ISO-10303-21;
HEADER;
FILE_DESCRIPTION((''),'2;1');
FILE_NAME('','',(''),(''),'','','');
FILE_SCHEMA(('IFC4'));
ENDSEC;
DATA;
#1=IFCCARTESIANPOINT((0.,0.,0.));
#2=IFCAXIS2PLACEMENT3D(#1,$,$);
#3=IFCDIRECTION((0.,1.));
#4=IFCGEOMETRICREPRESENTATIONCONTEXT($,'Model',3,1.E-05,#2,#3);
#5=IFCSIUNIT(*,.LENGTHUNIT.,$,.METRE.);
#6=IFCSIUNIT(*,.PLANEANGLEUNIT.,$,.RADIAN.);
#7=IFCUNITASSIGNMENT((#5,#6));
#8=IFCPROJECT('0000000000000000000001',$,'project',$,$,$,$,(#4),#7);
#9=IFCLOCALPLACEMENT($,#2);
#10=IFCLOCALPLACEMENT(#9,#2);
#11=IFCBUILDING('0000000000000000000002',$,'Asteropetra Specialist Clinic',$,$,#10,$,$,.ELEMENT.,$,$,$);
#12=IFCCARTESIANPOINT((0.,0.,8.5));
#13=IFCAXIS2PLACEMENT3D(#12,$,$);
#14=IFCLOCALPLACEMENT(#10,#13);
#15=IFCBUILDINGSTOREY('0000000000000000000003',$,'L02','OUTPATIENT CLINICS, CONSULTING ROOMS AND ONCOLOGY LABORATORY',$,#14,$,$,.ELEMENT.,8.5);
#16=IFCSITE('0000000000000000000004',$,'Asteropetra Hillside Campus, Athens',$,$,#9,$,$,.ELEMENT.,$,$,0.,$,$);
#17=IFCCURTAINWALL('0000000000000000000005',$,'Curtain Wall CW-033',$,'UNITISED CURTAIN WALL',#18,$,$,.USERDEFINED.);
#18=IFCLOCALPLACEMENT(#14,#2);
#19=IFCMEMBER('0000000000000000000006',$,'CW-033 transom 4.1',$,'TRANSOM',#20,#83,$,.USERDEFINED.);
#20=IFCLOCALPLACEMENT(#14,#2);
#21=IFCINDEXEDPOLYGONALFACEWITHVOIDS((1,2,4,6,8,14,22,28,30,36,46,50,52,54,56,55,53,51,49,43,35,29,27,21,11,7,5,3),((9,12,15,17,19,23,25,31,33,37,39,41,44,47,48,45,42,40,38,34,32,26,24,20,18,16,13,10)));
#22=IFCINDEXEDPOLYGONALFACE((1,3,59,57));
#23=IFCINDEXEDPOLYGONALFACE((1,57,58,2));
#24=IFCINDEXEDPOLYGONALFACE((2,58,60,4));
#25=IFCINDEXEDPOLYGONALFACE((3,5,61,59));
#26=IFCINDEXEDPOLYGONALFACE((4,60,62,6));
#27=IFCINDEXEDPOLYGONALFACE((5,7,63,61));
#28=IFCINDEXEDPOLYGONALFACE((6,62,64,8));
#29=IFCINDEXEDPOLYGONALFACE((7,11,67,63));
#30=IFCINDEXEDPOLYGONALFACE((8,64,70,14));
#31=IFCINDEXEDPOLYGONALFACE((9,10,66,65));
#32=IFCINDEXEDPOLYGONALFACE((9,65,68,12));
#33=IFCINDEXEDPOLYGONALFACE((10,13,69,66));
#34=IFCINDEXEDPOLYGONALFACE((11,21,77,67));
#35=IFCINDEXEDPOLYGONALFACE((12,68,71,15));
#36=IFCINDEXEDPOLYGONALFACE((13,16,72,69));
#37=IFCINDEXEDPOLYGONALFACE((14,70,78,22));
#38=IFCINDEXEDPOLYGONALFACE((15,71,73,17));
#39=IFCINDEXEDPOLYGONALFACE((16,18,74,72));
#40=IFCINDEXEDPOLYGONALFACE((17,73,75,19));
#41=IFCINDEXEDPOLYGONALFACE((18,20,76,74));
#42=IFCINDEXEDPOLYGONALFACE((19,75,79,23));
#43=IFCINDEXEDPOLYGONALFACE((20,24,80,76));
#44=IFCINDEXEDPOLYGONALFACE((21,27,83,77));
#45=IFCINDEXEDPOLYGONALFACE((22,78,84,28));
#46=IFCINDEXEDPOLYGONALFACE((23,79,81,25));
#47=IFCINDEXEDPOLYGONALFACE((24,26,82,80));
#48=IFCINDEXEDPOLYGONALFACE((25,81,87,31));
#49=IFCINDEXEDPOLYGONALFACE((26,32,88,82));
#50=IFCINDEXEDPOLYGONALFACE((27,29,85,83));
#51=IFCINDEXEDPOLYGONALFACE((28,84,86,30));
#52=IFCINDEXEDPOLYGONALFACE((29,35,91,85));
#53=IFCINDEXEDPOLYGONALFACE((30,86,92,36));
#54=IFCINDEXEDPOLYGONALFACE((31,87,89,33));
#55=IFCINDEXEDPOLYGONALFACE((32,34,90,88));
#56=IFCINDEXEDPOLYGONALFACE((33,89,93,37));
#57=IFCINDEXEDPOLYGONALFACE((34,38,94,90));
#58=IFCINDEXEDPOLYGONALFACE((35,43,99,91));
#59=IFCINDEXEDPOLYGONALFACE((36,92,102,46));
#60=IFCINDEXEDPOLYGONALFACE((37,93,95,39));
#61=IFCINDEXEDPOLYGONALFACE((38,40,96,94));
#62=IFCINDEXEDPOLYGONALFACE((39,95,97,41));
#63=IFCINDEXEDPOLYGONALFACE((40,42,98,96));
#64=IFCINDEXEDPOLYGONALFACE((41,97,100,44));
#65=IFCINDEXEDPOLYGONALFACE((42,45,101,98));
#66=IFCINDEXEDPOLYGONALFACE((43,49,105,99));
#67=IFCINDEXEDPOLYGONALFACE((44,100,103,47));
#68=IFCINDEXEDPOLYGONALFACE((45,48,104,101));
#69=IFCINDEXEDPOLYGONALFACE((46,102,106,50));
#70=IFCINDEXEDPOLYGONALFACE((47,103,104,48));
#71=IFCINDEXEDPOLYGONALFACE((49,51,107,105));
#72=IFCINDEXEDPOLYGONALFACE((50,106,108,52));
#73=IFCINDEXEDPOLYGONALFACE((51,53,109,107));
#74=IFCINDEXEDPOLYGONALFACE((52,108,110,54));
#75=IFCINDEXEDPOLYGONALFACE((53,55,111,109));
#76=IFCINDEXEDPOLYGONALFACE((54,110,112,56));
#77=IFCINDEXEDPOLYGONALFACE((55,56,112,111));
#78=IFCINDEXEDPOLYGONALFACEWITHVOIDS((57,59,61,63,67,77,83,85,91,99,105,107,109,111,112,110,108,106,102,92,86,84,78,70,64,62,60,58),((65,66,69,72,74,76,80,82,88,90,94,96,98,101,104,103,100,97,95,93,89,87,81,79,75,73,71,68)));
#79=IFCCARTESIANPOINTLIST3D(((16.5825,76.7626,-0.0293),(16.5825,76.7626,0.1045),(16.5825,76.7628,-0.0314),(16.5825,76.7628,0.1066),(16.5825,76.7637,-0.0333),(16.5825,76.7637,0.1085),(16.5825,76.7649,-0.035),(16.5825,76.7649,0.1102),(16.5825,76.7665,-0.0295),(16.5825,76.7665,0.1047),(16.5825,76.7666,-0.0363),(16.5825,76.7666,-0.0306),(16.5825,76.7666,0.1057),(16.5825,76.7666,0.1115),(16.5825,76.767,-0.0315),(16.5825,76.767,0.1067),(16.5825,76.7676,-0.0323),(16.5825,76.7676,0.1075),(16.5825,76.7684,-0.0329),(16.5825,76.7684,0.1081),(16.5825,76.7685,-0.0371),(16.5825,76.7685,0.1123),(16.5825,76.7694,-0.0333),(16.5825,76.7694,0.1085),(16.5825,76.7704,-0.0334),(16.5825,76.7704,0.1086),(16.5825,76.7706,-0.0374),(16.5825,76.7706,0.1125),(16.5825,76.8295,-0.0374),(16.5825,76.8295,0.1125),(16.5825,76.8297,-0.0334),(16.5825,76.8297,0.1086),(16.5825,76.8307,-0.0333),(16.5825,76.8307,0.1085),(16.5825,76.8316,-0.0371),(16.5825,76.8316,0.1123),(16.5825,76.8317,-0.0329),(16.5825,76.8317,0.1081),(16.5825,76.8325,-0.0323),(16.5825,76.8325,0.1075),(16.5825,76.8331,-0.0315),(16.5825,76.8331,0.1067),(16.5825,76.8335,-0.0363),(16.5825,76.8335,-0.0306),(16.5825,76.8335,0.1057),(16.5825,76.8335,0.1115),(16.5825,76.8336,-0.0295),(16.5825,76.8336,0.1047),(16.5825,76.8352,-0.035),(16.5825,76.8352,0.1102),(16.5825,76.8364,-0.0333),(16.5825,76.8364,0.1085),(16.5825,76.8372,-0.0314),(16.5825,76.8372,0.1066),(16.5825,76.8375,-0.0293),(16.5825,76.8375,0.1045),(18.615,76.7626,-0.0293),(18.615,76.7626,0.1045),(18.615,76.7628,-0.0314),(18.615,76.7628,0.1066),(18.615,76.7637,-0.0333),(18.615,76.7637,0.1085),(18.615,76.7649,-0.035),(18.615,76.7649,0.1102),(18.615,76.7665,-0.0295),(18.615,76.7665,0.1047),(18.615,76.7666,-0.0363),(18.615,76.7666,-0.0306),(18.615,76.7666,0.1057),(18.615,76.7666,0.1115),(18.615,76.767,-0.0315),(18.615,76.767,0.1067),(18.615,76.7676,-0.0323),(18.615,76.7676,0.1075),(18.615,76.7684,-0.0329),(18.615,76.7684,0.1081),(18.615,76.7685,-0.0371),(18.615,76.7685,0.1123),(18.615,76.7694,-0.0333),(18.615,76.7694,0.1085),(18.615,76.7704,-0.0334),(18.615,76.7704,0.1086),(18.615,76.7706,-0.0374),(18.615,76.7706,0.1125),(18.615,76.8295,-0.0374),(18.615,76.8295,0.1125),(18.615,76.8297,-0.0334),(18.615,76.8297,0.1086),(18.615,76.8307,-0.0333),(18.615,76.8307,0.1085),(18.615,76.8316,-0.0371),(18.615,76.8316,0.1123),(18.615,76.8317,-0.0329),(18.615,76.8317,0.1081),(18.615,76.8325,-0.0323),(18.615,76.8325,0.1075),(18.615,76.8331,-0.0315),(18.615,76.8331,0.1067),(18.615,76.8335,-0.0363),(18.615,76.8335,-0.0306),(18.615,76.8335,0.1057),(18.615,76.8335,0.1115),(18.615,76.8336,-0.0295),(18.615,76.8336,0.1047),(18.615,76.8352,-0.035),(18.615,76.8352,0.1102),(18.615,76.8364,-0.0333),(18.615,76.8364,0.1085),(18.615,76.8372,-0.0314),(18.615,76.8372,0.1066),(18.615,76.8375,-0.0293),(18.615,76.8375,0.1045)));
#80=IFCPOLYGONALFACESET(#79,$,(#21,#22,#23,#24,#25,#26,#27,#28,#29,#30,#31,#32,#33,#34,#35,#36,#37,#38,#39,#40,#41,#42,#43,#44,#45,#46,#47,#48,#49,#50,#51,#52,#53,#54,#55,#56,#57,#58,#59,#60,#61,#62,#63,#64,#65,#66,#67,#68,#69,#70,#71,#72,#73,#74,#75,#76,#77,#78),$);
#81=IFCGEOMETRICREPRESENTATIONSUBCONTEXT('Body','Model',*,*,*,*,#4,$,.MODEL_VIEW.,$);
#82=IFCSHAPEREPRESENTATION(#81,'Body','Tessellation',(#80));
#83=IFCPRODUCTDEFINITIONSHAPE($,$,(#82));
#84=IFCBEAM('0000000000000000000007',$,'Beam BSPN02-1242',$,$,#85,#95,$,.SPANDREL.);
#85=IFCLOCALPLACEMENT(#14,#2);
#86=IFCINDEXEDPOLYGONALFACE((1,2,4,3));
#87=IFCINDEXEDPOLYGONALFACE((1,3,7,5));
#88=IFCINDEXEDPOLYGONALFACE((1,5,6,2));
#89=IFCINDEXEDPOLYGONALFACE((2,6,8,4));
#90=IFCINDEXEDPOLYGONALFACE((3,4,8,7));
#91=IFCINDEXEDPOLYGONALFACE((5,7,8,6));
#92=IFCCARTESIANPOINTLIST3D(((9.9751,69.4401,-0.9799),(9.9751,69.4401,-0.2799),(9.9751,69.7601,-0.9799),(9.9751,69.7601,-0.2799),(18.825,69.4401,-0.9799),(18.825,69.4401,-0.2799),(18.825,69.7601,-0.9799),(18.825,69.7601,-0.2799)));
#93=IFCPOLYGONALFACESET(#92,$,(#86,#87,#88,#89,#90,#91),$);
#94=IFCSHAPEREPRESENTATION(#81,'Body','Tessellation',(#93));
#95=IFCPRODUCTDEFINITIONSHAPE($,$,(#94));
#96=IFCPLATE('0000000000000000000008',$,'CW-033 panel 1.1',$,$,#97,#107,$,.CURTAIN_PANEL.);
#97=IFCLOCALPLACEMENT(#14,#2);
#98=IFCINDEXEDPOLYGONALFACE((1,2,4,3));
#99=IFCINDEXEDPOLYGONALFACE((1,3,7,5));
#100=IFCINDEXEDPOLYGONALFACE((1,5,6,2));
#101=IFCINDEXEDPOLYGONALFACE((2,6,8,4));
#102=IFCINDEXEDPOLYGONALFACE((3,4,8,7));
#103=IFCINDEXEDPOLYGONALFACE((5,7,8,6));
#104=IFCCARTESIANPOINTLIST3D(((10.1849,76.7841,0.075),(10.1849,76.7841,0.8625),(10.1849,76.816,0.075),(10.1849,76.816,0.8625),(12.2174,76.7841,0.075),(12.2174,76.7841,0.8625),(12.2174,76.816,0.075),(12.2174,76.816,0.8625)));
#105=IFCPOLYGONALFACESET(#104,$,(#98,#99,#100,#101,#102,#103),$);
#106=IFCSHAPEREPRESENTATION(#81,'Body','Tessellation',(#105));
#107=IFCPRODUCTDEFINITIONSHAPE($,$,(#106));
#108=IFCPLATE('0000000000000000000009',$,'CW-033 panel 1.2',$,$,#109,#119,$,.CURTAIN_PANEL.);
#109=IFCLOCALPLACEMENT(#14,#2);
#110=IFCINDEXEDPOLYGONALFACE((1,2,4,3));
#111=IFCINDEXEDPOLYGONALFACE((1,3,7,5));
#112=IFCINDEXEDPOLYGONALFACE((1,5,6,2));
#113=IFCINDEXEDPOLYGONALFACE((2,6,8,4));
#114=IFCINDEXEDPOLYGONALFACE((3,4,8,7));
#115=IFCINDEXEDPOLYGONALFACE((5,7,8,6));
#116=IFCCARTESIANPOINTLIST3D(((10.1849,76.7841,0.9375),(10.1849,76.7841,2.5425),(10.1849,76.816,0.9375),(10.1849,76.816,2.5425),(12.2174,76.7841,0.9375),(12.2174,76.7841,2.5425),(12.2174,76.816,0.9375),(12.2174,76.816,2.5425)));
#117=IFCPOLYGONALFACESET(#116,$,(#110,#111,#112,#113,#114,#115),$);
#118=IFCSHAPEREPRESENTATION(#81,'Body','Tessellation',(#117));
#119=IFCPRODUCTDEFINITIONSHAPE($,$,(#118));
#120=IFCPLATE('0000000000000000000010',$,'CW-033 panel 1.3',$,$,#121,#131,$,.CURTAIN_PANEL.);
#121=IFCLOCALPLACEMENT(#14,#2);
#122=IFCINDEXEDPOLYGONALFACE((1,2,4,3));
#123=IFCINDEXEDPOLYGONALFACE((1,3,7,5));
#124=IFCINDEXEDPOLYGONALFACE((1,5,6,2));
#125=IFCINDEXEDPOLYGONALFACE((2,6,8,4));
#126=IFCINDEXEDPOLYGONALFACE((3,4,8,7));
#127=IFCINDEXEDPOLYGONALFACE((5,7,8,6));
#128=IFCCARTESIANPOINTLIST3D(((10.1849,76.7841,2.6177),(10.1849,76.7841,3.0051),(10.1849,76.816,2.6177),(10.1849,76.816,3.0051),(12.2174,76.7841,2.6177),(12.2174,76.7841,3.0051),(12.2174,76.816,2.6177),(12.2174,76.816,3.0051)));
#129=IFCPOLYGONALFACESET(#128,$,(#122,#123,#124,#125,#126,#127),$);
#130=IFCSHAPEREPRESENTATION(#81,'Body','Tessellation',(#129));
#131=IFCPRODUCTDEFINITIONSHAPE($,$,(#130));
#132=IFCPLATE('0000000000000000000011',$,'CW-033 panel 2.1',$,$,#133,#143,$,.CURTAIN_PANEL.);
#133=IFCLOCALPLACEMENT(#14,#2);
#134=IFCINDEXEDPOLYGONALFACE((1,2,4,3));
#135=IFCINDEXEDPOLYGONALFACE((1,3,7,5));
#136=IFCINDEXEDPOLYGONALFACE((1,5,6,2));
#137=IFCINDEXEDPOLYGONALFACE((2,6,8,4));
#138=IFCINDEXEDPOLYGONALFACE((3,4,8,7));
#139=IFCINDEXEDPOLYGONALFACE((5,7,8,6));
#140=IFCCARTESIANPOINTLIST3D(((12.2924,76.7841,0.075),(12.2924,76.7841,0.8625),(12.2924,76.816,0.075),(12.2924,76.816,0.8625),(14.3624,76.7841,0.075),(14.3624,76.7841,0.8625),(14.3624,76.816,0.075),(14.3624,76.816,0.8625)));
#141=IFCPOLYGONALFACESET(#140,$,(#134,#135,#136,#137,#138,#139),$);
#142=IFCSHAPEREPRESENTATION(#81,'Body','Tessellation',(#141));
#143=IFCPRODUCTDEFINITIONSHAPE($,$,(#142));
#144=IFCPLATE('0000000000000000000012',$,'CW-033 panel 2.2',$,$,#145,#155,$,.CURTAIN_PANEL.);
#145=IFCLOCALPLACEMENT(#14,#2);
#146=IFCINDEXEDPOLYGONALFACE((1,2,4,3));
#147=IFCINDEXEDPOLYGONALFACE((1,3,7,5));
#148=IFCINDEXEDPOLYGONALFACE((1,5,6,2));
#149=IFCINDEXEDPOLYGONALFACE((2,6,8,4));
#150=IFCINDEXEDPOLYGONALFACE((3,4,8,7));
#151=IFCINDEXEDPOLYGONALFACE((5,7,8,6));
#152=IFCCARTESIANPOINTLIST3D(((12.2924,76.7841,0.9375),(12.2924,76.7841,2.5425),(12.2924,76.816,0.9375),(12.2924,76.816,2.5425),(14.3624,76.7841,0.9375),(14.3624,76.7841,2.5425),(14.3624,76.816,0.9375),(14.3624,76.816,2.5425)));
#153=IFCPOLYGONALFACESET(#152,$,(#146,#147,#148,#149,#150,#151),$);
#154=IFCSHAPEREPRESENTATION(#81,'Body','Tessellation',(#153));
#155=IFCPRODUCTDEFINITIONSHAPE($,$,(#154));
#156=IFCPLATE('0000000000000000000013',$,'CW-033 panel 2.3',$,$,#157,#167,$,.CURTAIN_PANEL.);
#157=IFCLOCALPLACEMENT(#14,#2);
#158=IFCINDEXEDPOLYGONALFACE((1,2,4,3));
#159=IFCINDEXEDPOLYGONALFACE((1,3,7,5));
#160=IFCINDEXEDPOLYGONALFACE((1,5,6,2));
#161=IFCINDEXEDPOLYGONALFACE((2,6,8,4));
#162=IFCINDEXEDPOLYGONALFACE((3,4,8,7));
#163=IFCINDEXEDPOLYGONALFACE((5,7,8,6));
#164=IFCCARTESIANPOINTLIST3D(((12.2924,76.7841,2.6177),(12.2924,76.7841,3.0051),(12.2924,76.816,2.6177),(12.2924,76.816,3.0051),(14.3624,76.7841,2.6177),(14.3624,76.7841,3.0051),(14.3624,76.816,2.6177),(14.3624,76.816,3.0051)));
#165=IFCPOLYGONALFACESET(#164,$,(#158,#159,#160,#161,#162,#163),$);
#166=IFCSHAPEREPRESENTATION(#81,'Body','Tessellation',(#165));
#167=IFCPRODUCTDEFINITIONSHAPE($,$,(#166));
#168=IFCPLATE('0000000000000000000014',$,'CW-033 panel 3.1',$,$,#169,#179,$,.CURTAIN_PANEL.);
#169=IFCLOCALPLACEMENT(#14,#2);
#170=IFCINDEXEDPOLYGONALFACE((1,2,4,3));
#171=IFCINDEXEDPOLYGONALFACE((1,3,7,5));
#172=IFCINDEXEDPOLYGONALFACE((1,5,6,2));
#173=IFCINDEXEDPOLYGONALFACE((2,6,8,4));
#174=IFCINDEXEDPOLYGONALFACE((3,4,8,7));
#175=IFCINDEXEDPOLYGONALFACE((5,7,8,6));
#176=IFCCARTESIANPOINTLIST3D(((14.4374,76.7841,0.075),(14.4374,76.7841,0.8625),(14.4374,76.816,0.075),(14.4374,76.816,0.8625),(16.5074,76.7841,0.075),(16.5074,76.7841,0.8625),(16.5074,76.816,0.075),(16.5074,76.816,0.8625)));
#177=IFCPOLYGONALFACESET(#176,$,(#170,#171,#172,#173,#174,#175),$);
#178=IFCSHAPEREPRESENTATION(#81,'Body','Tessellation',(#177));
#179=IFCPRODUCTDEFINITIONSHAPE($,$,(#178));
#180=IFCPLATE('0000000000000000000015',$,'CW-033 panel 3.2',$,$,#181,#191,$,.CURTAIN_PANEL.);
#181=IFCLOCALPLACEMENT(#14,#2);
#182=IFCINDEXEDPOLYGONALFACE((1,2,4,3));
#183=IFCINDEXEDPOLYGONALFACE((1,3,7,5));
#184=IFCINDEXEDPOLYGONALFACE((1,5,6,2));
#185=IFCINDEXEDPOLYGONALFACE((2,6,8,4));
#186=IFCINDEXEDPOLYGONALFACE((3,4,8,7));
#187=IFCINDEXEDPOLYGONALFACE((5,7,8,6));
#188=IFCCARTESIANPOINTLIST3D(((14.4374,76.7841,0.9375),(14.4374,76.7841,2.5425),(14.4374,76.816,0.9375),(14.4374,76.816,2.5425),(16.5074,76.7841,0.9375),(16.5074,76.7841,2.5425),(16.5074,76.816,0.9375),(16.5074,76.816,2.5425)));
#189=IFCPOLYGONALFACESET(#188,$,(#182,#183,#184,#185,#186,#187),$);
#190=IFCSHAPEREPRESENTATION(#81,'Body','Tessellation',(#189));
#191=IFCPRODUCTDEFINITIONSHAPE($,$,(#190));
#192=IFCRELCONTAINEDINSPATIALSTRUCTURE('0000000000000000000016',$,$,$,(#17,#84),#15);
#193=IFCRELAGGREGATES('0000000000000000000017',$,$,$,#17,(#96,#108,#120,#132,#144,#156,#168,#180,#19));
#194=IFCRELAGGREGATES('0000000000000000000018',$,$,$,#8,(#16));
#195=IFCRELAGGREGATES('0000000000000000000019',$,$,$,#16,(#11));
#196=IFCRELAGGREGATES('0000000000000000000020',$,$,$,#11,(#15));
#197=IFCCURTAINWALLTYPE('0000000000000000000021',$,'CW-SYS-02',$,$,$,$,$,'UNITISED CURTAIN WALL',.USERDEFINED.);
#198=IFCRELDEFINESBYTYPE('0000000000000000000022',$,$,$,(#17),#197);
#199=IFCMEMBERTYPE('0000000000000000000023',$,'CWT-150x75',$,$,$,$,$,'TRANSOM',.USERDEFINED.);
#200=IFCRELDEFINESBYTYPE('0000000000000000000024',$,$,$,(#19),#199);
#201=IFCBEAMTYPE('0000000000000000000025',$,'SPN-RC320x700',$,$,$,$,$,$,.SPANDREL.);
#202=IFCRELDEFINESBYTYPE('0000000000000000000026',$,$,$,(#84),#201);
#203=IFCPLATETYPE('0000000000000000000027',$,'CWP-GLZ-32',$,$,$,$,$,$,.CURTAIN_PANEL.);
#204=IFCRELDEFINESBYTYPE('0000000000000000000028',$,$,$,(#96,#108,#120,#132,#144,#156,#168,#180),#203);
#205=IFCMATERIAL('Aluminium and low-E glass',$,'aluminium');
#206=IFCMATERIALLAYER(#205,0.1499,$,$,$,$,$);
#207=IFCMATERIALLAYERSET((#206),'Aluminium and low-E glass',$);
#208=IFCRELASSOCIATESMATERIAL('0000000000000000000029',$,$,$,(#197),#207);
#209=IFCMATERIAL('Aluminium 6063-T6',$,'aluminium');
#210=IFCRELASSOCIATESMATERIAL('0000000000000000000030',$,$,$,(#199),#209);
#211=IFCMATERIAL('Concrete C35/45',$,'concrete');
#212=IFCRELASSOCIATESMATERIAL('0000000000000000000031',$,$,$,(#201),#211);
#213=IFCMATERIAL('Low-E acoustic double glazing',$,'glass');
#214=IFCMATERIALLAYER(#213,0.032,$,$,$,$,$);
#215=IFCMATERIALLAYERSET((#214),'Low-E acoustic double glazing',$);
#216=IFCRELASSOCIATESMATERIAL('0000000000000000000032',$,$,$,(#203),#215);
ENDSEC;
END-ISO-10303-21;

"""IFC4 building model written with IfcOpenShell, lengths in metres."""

from ifc_helpers import new_model, si_unit, direction, frame, origin, origin_2d, place, context, subcontext, project, spatial, rectangle, hollow_rectangle, extrude, material, layer, layer_set, material_profile, profile_set, type_object, element, aggregate, save


model = new_model("IFC4")

# Units and contexts
model_context = context("Model", 3, precision=1e-05, world=origin(), true_north=direction((0.0, 1.0)))
body_context = subcontext(model_context, "Body", "Model", "MODEL_VIEW")
ifc_project = project(units=[si_unit("LENGTHUNIT", "METRE"), si_unit("PLANEANGLEUNIT", "RADIAN")], contexts=[model_context])

# Site, building, storey
site_placement = place(None, origin())
site = spatial("IfcSite", under=ifc_project, at=site_placement, Name="Asteropetra Hillside Campus, Athens", CompositionType="ELEMENT", RefElevation=0.0)
building_placement = place(site_placement, origin())
building = spatial("IfcBuilding", under=site, at=building_placement, Name="Asteropetra Specialist Clinic", CompositionType="ELEMENT")
storey_placement = place(building_placement, frame((0.0, 0.0, 8.5)))
storey = spatial("IfcBuildingStorey", under=building, at=storey_placement, Name="L02", Description="OUTPATIENT CLINICS, CONSULTING ROOMS AND ONCOLOGY LABORATORY", CompositionType="ELEMENT", Elevation=8.5)

# Curtain wall
ifc_material_1 = material(Name="Aluminium and low-E glass", Category="aluminium")
ifc_layer_1 = layer(ifc_material_1, 0.1499)
ifc_layer_set_1 = layer_set([ifc_layer_1], Name="Aluminium and low-E glass")
curtain_wall_type_1 = type_object("IfcCurtainWallType", Name="CW-SYS-02", ElementType="UNITISED CURTAIN WALL", PredefinedType="USERDEFINED", material=ifc_layer_set_1)
curtain_wall_1_placement = place(storey_placement, origin())
curtain_wall_1 = element("IfcCurtainWall", 1, at=curtain_wall_1_placement, inside=storey, type_object=curtain_wall_type_1, Name="Curtain Wall CW-033", ObjectType="UNITISED CURTAIN WALL", PredefinedType="USERDEFINED")

# Member
ifc_material_2 = material(Name="Aluminium 6063-T6", Category="aluminium")
ifc_material_profile_1 = material_profile(ifc_material_2, hollow_rectangle(XDim=0.075, YDim=0.1499, WallThickness=0.0039, InnerFilletRadius=0.0039, OuterFilletRadius=0.0081, at=origin_2d()), Name="TRN 150x75x4.0")
ifc_profile_set_1 = profile_set([ifc_material_profile_1], Name="Aluminium 6063-T6")
member_type_1 = type_object("IfcMemberType", Name="CWT-150x75", ElementType="TRANSOM", PredefinedType="USERDEFINED", material=ifc_profile_set_1)
member_1_placement = place(storey_placement, frame((16.5825, 76.8, 0.0376), z_axis=(1.0, 0.0, 0.0), x_axis=(0.0, 1.0, 0.0)))
member_1 = element("IfcMember", 2, at=member_1_placement, type_object=member_type_1, Name="CW-033 transom 4.1", ObjectType="TRANSOM", PredefinedType="USERDEFINED", context=body_context, shape_type="SweptSolid", body=[
    extrude(hollow_rectangle(XDim=0.075, YDim=0.1499, WallThickness=0.0039, InnerFilletRadius=0.0039, OuterFilletRadius=0.0081, at=origin_2d()), origin(), (0.0, 0.0, 1.0), 2.0325),
])

# Beam
ifc_material_3 = material(Name="Concrete C35/45", Category="concrete")
ifc_material_profile_2 = material_profile(ifc_material_3, rectangle(XDim=0.3201, YDim=0.7, at=origin_2d()), Name="RCS 320x700")
ifc_profile_set_2 = profile_set([ifc_material_profile_2], Name="Concrete C35/45")
beam_type = type_object("IfcBeamType", Name="SPN-RC320x700", PredefinedType="SPANDREL", material=ifc_profile_set_2)
beam_placement = place(storey_placement, frame((9.9751, 69.6001, -0.6299), z_axis=(1.0, 0.0, 0.0), x_axis=(0.0, 1.0, 0.0)))
element("IfcBeam", 3, at=beam_placement, inside=storey, type_object=beam_type, Name="Beam BSPN02-1242", PredefinedType="SPANDREL", context=body_context, shape_type="SweptSolid", body=[
    extrude(rectangle(XDim=0.3201, YDim=0.7, at=origin_2d()), origin(), (0.0, 0.0, 1.0), 8.8499),
])

# Plates
ifc_material_4 = material(Name="Low-E acoustic double glazing", Category="glass")
ifc_layer_2 = layer(ifc_material_4, 0.032)
ifc_layer_set_2 = layer_set([ifc_layer_2], Name="Low-E acoustic double glazing")
plate_type = type_object("IfcPlateType", Name="CWP-GLZ-32", PredefinedType="CURTAIN_PANEL", material=ifc_layer_set_2)
plate_1_placement = place(storey_placement, frame((11.2012, 76.8, 0.075), z_axis=(0.0, 0.0, 1.0), x_axis=(1.0, 0.0, 0.0)))
plate_1 = element("IfcPlate", 4, at=plate_1_placement, type_object=plate_type, Name="CW-033 panel 1.1", PredefinedType="CURTAIN_PANEL", context=body_context, shape_type="SweptSolid", body=[
    extrude(rectangle(XDim=2.0325, YDim=0.032, at=origin_2d()), origin(), (0.0, 0.0, 1.0), 0.7876),
])
plate_2_placement = place(storey_placement, frame((11.2012, 76.8, 0.9375), z_axis=(0.0, 0.0, 1.0), x_axis=(1.0, 0.0, 0.0)))
plate_2 = element("IfcPlate", 5, at=plate_2_placement, type_object=plate_type, Name="CW-033 panel 1.2", PredefinedType="CURTAIN_PANEL", context=body_context, shape_type="SweptSolid", body=[
    extrude(rectangle(XDim=2.0325, YDim=0.032, at=origin_2d()), origin(), (0.0, 0.0, 1.0), 1.605),
])
plate_3_placement = place(storey_placement, frame((11.2012, 76.8, 2.6177), z_axis=(0.0, 0.0, 1.0), x_axis=(1.0, 0.0, 0.0)))
plate_3 = element("IfcPlate", 6, at=plate_3_placement, type_object=plate_type, Name="CW-033 panel 1.3", PredefinedType="CURTAIN_PANEL", context=body_context, shape_type="SweptSolid", body=[
    extrude(rectangle(XDim=2.0325, YDim=0.032, at=origin_2d()), origin(), (0.0, 0.0, 1.0), 0.3875),
])
plate_4_placement = place(storey_placement, frame((13.3274, 76.8, 0.075), z_axis=(0.0, 0.0, 1.0), x_axis=(1.0, 0.0, 0.0)))
plate_4 = element("IfcPlate", 7, at=plate_4_placement, type_object=plate_type, Name="CW-033 panel 2.1", PredefinedType="CURTAIN_PANEL", context=body_context, shape_type="SweptSolid", body=[
    extrude(rectangle(XDim=2.0701, YDim=0.032, at=origin_2d()), origin(), (0.0, 0.0, 1.0), 0.7876),
])
plate_5_placement = place(storey_placement, frame((13.3274, 76.8, 0.9375), z_axis=(0.0, 0.0, 1.0), x_axis=(1.0, 0.0, 0.0)))
plate_5 = element("IfcPlate", 8, at=plate_5_placement, type_object=plate_type, Name="CW-033 panel 2.2", PredefinedType="CURTAIN_PANEL", context=body_context, shape_type="SweptSolid", body=[
    extrude(rectangle(XDim=2.0701, YDim=0.032, at=origin_2d()), origin(), (0.0, 0.0, 1.0), 1.605),
])
plate_6_placement = place(storey_placement, frame((13.3274, 76.8, 2.6177), z_axis=(0.0, 0.0, 1.0), x_axis=(1.0, 0.0, 0.0)))
plate_6 = element("IfcPlate", 9, at=plate_6_placement, type_object=plate_type, Name="CW-033 panel 2.3", PredefinedType="CURTAIN_PANEL", context=body_context, shape_type="SweptSolid", body=[
    extrude(rectangle(XDim=2.0701, YDim=0.032, at=origin_2d()), origin(), (0.0, 0.0, 1.0), 0.3875),
])
plate_7_placement = place(storey_placement, frame((15.4724, 76.8, 0.075), z_axis=(0.0, 0.0, 1.0), x_axis=(1.0, 0.0, 0.0)))
plate_7 = element("IfcPlate", 10, at=plate_7_placement, type_object=plate_type, Name="CW-033 panel 3.1", PredefinedType="CURTAIN_PANEL", context=body_context, shape_type="SweptSolid", body=[
    extrude(rectangle(XDim=2.0701, YDim=0.032, at=origin_2d()), origin(), (0.0, 0.0, 1.0), 0.7876),
])
plate_8_placement = place(storey_placement, frame((15.4724, 76.8, 0.9375), z_axis=(0.0, 0.0, 1.0), x_axis=(1.0, 0.0, 0.0)))
plate_8 = element("IfcPlate", 11, at=plate_8_placement, type_object=plate_type, Name="CW-033 panel 3.2", PredefinedType="CURTAIN_PANEL", context=body_context, shape_type="SweptSolid", body=[
    extrude(rectangle(XDim=2.0701, YDim=0.032, at=origin_2d()), origin(), (0.0, 0.0, 1.0), 1.605),
])
aggregate(curtain_wall_1, [plate_1, plate_2, plate_3, plate_4, plate_5, plate_6, plate_7, plate_8, member_1])

save(model, "model.ifc")
